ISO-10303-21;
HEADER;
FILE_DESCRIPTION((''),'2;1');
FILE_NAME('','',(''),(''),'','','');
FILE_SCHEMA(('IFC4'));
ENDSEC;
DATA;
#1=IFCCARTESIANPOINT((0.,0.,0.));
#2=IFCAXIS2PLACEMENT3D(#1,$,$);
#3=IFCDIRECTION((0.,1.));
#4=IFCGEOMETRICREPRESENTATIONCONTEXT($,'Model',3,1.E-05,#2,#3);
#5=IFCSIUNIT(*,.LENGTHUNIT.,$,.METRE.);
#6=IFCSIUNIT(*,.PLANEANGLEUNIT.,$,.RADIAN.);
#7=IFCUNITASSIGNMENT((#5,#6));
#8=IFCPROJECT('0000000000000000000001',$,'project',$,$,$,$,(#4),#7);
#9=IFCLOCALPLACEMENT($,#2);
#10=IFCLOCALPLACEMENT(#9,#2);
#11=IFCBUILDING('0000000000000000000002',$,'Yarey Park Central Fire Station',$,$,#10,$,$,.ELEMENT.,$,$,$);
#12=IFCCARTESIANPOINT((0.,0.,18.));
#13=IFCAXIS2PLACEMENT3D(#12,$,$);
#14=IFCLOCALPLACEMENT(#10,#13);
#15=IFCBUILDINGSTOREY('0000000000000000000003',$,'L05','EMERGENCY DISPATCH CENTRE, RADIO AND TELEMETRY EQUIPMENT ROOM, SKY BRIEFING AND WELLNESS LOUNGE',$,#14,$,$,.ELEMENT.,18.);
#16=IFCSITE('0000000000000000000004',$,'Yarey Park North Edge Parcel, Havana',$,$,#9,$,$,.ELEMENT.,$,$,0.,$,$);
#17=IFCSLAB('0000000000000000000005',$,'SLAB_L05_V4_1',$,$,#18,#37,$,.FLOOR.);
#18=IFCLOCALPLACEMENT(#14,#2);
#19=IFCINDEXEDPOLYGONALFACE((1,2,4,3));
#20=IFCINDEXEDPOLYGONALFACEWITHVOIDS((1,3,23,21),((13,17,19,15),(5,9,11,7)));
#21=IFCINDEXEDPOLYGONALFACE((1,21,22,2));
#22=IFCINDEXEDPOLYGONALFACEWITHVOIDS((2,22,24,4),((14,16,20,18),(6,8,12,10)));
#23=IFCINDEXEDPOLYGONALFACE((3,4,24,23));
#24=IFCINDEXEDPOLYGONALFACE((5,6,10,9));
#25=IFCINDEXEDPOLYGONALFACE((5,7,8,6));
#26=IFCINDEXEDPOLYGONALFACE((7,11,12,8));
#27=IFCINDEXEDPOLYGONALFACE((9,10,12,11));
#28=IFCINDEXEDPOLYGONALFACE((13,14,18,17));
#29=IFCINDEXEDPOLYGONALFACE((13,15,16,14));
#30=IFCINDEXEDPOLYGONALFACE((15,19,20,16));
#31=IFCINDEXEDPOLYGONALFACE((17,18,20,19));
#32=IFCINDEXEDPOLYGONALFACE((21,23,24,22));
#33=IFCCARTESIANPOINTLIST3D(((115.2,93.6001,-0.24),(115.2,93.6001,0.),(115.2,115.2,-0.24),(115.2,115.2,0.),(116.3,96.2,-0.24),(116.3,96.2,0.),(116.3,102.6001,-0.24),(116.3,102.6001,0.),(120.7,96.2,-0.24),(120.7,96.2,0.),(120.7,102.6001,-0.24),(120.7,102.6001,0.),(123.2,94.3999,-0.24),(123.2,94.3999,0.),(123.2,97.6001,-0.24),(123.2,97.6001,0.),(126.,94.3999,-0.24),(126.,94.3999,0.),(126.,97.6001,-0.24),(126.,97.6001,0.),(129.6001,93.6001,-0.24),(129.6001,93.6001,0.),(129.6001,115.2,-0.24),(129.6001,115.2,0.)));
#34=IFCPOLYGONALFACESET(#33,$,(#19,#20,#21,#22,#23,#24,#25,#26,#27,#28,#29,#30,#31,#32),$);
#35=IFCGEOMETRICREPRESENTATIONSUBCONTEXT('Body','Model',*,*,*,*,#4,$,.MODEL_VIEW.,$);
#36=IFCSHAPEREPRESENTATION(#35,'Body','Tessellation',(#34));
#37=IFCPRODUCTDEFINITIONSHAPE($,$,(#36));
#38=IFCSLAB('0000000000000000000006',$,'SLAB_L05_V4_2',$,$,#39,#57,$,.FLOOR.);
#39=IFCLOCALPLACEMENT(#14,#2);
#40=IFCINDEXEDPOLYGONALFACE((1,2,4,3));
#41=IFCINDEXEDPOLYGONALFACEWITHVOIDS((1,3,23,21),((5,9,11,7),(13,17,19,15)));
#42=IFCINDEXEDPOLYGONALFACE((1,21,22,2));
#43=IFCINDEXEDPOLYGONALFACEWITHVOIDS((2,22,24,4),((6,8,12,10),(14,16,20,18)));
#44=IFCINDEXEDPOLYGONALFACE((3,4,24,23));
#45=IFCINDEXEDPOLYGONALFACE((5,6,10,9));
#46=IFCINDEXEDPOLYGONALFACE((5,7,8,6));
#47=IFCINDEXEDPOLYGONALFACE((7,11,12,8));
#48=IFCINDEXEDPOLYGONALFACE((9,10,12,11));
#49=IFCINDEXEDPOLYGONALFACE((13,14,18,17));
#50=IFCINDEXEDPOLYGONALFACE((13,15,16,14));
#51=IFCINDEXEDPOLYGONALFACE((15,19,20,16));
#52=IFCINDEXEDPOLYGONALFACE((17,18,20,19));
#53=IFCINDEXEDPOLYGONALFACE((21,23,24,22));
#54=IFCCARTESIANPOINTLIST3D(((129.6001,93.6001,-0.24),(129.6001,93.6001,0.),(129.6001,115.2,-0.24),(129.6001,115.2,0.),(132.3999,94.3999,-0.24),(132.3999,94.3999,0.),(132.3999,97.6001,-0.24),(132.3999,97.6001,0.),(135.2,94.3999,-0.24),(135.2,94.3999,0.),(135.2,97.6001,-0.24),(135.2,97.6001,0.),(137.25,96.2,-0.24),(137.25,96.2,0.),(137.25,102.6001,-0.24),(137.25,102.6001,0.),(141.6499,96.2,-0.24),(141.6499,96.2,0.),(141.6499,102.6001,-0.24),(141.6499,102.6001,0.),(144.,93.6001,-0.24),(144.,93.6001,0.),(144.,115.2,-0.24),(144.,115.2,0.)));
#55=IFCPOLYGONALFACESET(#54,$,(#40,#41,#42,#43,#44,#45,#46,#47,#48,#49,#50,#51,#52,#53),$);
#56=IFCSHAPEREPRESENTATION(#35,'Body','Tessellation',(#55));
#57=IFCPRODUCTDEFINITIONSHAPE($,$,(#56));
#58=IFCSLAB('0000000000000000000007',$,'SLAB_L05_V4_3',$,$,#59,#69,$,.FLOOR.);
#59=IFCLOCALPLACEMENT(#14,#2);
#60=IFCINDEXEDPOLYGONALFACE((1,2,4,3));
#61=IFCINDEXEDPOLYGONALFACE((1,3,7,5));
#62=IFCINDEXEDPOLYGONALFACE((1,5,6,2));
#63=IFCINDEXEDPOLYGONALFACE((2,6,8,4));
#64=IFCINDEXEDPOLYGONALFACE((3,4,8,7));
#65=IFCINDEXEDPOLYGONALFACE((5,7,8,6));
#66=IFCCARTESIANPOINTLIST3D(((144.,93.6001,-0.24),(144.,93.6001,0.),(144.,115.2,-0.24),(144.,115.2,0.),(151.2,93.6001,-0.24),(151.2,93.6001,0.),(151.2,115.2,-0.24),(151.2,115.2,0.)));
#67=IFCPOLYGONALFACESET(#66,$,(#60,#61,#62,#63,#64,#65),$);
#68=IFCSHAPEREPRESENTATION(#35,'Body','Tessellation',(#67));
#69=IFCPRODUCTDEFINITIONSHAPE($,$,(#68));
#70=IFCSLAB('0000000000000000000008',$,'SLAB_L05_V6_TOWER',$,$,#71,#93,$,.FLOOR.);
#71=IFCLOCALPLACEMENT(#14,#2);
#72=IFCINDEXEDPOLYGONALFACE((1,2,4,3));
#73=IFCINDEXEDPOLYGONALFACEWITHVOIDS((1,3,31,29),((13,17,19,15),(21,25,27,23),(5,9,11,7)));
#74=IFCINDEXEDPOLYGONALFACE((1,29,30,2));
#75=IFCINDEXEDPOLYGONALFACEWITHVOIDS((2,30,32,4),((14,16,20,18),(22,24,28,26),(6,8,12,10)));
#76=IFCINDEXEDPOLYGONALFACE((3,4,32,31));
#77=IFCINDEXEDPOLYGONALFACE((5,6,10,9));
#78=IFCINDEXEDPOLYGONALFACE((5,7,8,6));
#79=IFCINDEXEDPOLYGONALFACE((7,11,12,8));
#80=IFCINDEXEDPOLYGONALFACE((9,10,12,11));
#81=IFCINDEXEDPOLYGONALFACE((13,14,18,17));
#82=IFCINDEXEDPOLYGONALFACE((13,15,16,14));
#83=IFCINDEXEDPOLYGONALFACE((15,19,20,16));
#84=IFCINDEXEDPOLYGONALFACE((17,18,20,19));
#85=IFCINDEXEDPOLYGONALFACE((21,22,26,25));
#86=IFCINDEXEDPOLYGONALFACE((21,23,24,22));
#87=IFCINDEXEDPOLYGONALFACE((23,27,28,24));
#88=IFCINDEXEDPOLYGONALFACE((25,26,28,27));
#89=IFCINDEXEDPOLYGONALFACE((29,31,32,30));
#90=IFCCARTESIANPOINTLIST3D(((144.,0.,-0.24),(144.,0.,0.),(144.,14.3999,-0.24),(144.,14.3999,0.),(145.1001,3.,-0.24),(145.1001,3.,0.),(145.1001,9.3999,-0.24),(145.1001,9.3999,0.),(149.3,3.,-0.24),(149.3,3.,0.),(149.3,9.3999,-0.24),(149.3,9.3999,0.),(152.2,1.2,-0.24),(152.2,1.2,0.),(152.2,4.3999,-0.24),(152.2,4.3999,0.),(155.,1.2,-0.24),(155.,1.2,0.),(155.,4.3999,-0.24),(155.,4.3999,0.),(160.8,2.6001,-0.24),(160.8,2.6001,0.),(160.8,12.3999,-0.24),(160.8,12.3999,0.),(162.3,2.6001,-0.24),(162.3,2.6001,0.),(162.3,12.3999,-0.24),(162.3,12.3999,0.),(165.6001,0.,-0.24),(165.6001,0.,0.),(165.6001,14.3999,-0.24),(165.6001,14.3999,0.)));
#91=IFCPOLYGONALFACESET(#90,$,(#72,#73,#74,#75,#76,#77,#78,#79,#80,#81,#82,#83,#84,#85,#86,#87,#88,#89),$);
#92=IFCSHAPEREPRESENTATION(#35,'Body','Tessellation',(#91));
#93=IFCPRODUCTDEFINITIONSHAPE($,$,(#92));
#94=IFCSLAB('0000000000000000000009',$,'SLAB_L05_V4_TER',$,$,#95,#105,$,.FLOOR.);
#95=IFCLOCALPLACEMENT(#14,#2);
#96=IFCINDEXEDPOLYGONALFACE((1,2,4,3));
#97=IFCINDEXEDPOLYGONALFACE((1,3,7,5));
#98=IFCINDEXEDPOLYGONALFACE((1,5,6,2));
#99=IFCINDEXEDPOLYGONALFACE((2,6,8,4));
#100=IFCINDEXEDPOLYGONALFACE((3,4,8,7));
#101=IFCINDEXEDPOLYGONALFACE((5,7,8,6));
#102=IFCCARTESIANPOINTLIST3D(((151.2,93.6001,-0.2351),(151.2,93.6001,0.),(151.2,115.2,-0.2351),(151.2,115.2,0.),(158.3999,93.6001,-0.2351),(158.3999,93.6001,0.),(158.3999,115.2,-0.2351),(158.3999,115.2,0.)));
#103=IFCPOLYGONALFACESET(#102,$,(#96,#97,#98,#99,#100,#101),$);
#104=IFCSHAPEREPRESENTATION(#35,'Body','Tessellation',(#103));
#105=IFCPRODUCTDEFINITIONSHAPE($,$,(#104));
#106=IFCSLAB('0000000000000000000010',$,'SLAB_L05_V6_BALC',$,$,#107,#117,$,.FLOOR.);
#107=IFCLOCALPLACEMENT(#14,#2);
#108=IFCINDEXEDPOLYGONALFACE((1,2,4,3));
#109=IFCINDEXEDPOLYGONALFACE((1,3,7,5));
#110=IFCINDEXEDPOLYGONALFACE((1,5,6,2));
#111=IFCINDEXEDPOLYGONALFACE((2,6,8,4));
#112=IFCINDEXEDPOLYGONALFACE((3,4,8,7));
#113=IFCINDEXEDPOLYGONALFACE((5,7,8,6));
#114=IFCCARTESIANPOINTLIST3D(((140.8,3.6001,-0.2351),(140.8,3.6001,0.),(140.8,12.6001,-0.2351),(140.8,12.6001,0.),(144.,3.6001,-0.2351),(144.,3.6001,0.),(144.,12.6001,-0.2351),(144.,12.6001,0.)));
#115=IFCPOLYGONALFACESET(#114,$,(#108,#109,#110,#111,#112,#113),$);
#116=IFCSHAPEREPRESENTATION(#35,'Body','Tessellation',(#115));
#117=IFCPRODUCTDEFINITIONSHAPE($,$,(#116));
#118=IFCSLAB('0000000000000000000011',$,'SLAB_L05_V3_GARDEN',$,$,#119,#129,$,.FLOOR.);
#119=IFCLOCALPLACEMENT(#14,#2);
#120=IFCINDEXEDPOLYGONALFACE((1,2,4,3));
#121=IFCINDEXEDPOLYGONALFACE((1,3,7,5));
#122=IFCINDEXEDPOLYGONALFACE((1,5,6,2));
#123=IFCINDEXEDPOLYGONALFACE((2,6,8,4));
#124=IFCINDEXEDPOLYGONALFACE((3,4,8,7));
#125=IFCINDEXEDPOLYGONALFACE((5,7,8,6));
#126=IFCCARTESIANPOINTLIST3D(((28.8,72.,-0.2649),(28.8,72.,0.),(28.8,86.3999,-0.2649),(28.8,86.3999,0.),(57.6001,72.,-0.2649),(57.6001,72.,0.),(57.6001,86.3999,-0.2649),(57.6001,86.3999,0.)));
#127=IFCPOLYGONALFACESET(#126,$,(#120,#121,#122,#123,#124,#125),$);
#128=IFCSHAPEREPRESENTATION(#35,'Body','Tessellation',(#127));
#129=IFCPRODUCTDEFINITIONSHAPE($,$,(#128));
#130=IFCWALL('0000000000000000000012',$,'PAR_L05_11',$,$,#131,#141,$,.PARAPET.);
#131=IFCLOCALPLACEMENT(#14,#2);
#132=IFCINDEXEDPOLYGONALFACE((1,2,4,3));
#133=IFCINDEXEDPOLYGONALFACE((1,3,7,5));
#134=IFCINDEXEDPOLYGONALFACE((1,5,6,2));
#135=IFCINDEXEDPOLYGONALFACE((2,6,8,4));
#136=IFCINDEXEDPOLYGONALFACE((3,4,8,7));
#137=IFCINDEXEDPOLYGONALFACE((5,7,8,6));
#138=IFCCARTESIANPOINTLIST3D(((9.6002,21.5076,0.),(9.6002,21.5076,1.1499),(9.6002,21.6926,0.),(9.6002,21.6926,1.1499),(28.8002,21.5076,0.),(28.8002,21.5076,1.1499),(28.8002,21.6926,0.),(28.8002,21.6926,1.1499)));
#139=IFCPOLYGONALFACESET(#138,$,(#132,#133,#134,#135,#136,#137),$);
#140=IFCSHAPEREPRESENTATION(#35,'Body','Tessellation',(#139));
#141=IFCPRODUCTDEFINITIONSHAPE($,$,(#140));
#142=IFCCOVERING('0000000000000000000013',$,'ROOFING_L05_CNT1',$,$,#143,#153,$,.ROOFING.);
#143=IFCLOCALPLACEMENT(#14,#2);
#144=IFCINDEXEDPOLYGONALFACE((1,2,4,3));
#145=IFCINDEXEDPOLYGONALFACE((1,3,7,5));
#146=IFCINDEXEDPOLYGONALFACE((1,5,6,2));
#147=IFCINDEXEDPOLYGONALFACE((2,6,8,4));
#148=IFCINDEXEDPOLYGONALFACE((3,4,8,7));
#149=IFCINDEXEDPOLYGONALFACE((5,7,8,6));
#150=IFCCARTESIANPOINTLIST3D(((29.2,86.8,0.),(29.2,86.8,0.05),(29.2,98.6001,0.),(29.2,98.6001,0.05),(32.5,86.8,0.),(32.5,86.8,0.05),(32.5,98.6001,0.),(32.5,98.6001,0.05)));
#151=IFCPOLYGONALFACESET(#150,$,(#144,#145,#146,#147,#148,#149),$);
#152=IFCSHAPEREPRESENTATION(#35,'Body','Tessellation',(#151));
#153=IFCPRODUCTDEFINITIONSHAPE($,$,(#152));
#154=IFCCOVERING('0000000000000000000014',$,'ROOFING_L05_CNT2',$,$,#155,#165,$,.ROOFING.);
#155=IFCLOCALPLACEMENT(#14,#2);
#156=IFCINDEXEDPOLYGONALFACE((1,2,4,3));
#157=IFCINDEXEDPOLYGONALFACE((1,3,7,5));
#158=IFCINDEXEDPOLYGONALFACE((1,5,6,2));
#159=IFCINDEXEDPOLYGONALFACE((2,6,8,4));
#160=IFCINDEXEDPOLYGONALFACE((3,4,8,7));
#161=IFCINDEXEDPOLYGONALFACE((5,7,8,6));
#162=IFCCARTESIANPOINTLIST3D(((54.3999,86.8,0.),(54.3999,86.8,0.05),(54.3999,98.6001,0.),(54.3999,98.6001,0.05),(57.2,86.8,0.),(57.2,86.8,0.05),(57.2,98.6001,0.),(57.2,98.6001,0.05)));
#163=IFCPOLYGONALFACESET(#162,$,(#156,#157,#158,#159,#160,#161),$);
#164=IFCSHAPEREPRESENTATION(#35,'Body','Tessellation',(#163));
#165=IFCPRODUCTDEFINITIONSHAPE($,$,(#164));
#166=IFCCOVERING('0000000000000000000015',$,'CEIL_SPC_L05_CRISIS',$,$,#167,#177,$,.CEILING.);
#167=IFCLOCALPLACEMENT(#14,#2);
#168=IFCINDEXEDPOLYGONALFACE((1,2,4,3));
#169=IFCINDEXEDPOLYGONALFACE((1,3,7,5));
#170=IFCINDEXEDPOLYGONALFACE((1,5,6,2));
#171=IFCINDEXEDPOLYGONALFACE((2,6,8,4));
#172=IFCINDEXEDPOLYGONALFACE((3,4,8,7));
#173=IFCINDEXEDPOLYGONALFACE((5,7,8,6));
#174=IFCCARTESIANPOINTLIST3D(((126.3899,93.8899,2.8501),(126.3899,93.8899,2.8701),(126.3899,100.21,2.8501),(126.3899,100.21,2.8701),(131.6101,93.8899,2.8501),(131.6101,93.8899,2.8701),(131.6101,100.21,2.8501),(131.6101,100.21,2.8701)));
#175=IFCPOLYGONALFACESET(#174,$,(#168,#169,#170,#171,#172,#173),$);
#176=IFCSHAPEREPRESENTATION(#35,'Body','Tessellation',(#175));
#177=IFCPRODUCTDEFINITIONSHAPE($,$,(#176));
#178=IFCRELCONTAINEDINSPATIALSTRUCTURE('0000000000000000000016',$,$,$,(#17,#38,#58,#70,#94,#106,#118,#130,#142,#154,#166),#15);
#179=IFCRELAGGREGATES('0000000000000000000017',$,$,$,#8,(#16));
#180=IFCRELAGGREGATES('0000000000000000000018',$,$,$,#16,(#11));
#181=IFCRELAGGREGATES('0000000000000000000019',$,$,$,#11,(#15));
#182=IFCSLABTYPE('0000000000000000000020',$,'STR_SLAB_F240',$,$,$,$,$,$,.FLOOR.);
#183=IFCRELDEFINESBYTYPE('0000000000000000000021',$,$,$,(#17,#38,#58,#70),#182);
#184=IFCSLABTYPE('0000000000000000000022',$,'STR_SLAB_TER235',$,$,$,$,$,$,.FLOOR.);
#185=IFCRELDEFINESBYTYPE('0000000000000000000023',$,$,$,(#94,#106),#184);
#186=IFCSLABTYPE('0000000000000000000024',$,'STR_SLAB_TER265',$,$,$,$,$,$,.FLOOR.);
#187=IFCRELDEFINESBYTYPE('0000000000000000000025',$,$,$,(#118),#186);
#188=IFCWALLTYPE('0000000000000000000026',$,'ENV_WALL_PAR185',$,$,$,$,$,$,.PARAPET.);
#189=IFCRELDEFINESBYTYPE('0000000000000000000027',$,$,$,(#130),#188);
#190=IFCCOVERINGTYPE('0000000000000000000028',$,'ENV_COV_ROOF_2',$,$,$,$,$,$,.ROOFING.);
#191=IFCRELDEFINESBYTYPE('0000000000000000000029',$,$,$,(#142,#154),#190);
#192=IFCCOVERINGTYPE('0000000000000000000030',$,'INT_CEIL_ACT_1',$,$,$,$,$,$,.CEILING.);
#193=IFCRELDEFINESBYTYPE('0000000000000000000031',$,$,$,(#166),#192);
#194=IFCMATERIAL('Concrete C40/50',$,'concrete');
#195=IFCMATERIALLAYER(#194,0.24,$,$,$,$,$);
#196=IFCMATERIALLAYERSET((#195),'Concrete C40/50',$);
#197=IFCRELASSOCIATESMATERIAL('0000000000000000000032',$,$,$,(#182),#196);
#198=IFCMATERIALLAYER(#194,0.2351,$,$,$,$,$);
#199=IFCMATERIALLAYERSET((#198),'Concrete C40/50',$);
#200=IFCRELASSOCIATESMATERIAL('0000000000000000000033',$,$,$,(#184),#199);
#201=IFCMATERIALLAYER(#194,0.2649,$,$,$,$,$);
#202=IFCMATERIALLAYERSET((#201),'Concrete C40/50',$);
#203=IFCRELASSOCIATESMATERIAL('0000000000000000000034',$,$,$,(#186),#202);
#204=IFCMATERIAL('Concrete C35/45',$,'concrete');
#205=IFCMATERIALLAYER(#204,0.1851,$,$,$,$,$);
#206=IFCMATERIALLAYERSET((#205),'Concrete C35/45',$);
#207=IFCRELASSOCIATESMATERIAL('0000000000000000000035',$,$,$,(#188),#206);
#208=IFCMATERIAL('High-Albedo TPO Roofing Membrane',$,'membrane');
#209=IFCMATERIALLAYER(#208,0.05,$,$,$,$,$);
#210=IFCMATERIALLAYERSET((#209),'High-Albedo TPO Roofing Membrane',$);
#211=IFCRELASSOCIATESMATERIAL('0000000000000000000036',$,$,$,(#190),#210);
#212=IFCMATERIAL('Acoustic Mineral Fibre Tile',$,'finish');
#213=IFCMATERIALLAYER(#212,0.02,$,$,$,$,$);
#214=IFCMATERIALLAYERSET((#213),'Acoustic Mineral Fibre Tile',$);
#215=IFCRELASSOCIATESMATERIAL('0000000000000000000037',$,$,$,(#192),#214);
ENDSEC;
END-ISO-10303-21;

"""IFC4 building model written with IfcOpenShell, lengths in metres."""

from ifc_helpers import new_model, si_unit, direction, frame, frame_2d, origin, place, context, subcontext, project, spatial, polyline, rectangle, outline, extrude, material, layer, layer_set, type_object, element, save


model = new_model("IFC4")

# Units and contexts
model_context = context("Model", 3, precision=1e-05, world=origin(), true_north=direction((0.0, 1.0)))
body_context = subcontext(model_context, "Body", "Model", "MODEL_VIEW")
ifc_project = project(units=[si_unit("LENGTHUNIT", "METRE"), si_unit("PLANEANGLEUNIT", "RADIAN")], contexts=[model_context])

# Site, building, storey
site_placement = place(None, origin())
site = spatial("IfcSite", under=ifc_project, at=site_placement, Name="Yarey Park North Edge Parcel, Havana", CompositionType="ELEMENT", RefElevation=0.0)
building_placement = place(site_placement, origin())
building = spatial("IfcBuilding", under=site, at=building_placement, Name="Yarey Park Central Fire Station", CompositionType="ELEMENT")
storey_placement = place(building_placement, frame((0.0, 0.0, 18.0)))
storey = spatial("IfcBuildingStorey", under=building, at=storey_placement, Name="L05", Description="EMERGENCY DISPATCH CENTRE, RADIO AND TELEMETRY EQUIPMENT ROOM, SKY BRIEFING AND WELLNESS LOUNGE", CompositionType="ELEMENT", Elevation=18.0)

# Shared definitions
ifc_material_1 = material(Name="Concrete C40/50", Category="concrete")

# Slabs
ifc_layer_1 = layer(ifc_material_1, 0.24)
ifc_layer_set_1 = layer_set([ifc_layer_1], Name="Concrete C40/50")
slab_type_1 = type_object("IfcSlabType", Name="STR_SLAB_F240", PredefinedType="FLOOR", material=ifc_layer_set_1)
slab_1_placement = place(storey_placement, frame((0.0, 0.0, -0.24)))
element("IfcSlab", 1, at=slab_1_placement, inside=storey, type_object=slab_type_1, Name="SLAB_L05_V4_1", PredefinedType="FLOOR", context=body_context, shape_type="SweptSolid", body=[
    extrude(outline(polyline([(115.2, 93.6001), (129.6001, 93.6001), (129.6001, 115.2), (115.2, 115.2), (115.2, 93.6001)]), holes=[polyline([(116.3, 96.2), (120.7, 96.2), (120.7, 102.6001), (116.3, 102.6001), (116.3, 96.2)]), polyline([(123.2, 94.3999), (126.0, 94.3999), (126.0, 97.6001), (123.2, 97.6001), (123.2, 94.3999)])]), origin(), (0.0, 0.0, 1.0), 0.24),
])
slab_2_placement = place(storey_placement, frame((0.0, 0.0, -0.24)))
element("IfcSlab", 2, at=slab_2_placement, inside=storey, type_object=slab_type_1, Name="SLAB_L05_V4_2", PredefinedType="FLOOR", context=body_context, shape_type="SweptSolid", body=[
    extrude(outline(polyline([(129.6001, 93.6001), (144.0, 93.6001), (144.0, 115.2), (129.6001, 115.2), (129.6001, 93.6001)]), holes=[polyline([(137.25, 96.2), (141.6499, 96.2), (141.6499, 102.6001), (137.25, 102.6001), (137.25, 96.2)]), polyline([(132.3999, 94.3999), (135.2, 94.3999), (135.2, 97.6001), (132.3999, 97.6001), (132.3999, 94.3999)])]), origin(), (0.0, 0.0, 1.0), 0.24),
])
slab_3_placement = place(storey_placement, frame((0.0, 0.0, -0.24)))
element("IfcSlab", 3, at=slab_3_placement, inside=storey, type_object=slab_type_1, Name="SLAB_L05_V4_3", PredefinedType="FLOOR", context=body_context, shape_type="SweptSolid", body=[
    extrude(outline(polyline([(144.0, 93.6001), (151.2, 93.6001), (151.2, 115.2), (144.0, 115.2), (144.0, 93.6001)])), origin(), (0.0, 0.0, 1.0), 0.24),
])
slab_4_placement = place(storey_placement, frame((0.0, 0.0, -0.24)))
element("IfcSlab", 4, at=slab_4_placement, inside=storey, type_object=slab_type_1, Name="SLAB_L05_V6_TOWER", PredefinedType="FLOOR", context=body_context, shape_type="SweptSolid", body=[
    extrude(outline(polyline([(144.0, 0.0), (165.6001, 0.0), (165.6001, 14.3999), (144.0, 14.3999), (144.0, 0.0)]), holes=[polyline([(145.1001, 3.0), (149.3, 3.0), (149.3, 9.3999), (145.1001, 9.3999), (145.1001, 3.0)]), polyline([(152.2, 1.2), (155.0, 1.2), (155.0, 4.3999), (152.2, 4.3999), (152.2, 1.2)]), polyline([(160.8, 2.6001), (162.3, 2.6001), (162.3, 12.3999), (160.8, 12.3999), (160.8, 2.6001)])]), origin(), (0.0, 0.0, 1.0), 0.24),
])
ifc_layer_2 = layer(ifc_material_1, 0.2351)
ifc_layer_set_2 = layer_set([ifc_layer_2], Name="Concrete C40/50")
slab_type_2 = type_object("IfcSlabType", Name="STR_SLAB_TER235", PredefinedType="FLOOR", material=ifc_layer_set_2)
slab_5_placement = place(storey_placement, frame((0.0, 0.0, -0.2351)))
element("IfcSlab", 5, at=slab_5_placement, inside=storey, type_object=slab_type_2, Name="SLAB_L05_V4_TER", PredefinedType="FLOOR", context=body_context, shape_type="SweptSolid", body=[
    extrude(outline(polyline([(151.2, 93.6001), (158.3999, 93.6001), (158.3999, 115.2), (151.2, 115.2), (151.2, 93.6001)])), origin(), (0.0, 0.0, 1.0), 0.2351),
])
slab_6_placement = place(storey_placement, frame((0.0, 0.0, -0.2351)))
element("IfcSlab", 6, at=slab_6_placement, inside=storey, type_object=slab_type_2, Name="SLAB_L05_V6_BALC", PredefinedType="FLOOR", context=body_context, shape_type="SweptSolid", body=[
    extrude(outline(polyline([(140.8, 3.6001), (144.0, 3.6001), (144.0, 12.6001), (140.8, 12.6001), (140.8, 3.6001)])), origin(), (0.0, 0.0, 1.0), 0.2351),
])
ifc_layer_3 = layer(ifc_material_1, 0.2649)
ifc_layer_set_3 = layer_set([ifc_layer_3], Name="Concrete C40/50")
slab_type_3 = type_object("IfcSlabType", Name="STR_SLAB_TER265", PredefinedType="FLOOR", material=ifc_layer_set_3)
slab_7_placement = place(storey_placement, frame((0.0, 0.0, -0.2649)))
element("IfcSlab", 7, at=slab_7_placement, inside=storey, type_object=slab_type_3, Name="SLAB_L05_V3_GARDEN", PredefinedType="FLOOR", context=body_context, shape_type="SweptSolid", body=[
    extrude(outline(polyline([(28.8, 72.0), (57.6001, 72.0), (57.6001, 86.3999), (28.8, 86.3999), (28.8, 72.0)])), origin(), (0.0, 0.0, 1.0), 0.2649),
])

# Wall
ifc_material_2 = material(Name="Concrete C35/45", Category="concrete")
ifc_layer_4 = layer(ifc_material_2, 0.1851)
ifc_layer_set_4 = layer_set([ifc_layer_4], Name="Concrete C35/45")
wall_type = type_object("IfcWallType", Name="ENV_WALL_PAR185", PredefinedType="PARAPET", material=ifc_layer_set_4)
wall_placement = place(storey_placement, frame((9.6001, 21.6001, 0.0), z_axis=(0.0, 0.0, 1.0), x_axis=(1.0, 0.0, 0.0)))
element("IfcWall", 8, at=wall_placement, inside=storey, type_object=wall_type, Name="PAR_L05_11", PredefinedType="PARAPET", context=body_context, shape_type="SweptSolid", body=[
    extrude(rectangle(XDim=19.2, YDim=0.1851, at=frame_2d((9.6001, 0.0))), origin(), (0.0, 0.0, 1.0), 1.1499),
])

# Coverings
ifc_material_3 = material(Name="High-Albedo TPO Roofing Membrane", Category="membrane")
ifc_layer_5 = layer(ifc_material_3, 0.05)
ifc_layer_set_5 = layer_set([ifc_layer_5], Name="High-Albedo TPO Roofing Membrane")
covering_type_1 = type_object("IfcCoveringType", Name="ENV_COV_ROOF_2", PredefinedType="ROOFING", material=ifc_layer_set_5)
covering_1_placement = place(storey_placement, origin())
element("IfcCovering", 9, at=covering_1_placement, inside=storey, type_object=covering_type_1, Name="ROOFING_L05_CNT1", PredefinedType="ROOFING", context=body_context, shape_type="SweptSolid", body=[
    extrude(outline(polyline([(29.2, 86.8), (32.5, 86.8), (32.5, 98.6001), (29.2, 98.6001), (29.2, 86.8)])), origin(), (0.0, 0.0, 1.0), 0.05),
])
covering_2_placement = place(storey_placement, origin())
element("IfcCovering", 10, at=covering_2_placement, inside=storey, type_object=covering_type_1, Name="ROOFING_L05_CNT2", PredefinedType="ROOFING", context=body_context, shape_type="SweptSolid", body=[
    extrude(outline(polyline([(54.3999, 86.8), (57.2, 86.8), (57.2, 98.6001), (54.3999, 98.6001), (54.3999, 86.8)])), origin(), (0.0, 0.0, 1.0), 0.05),
])
ifc_material_4 = material(Name="Acoustic Mineral Fibre Tile", Category="finish")
ifc_layer_6 = layer(ifc_material_4, 0.02)
ifc_layer_set_6 = layer_set([ifc_layer_6], Name="Acoustic Mineral Fibre Tile")
covering_type_2 = type_object("IfcCoveringType", Name="INT_CEIL_ACT_1", PredefinedType="CEILING", material=ifc_layer_set_6)
covering_3_placement = place(storey_placement, frame((0.0, 0.0, 2.8501)))
element("IfcCovering", 11, at=covering_3_placement, inside=storey, type_object=covering_type_2, Name="CEIL_SPC_L05_CRISIS", PredefinedType="CEILING", context=body_context, shape_type="SweptSolid", body=[
    extrude(outline(polyline([(126.3899, 93.8899), (131.6101, 93.8899), (131.6101, 100.21), (126.3899, 100.21), (126.3899, 93.8899)])), origin(), (0.0, 0.0, 1.0), 0.02),
])

save(model, "model.ifc")
